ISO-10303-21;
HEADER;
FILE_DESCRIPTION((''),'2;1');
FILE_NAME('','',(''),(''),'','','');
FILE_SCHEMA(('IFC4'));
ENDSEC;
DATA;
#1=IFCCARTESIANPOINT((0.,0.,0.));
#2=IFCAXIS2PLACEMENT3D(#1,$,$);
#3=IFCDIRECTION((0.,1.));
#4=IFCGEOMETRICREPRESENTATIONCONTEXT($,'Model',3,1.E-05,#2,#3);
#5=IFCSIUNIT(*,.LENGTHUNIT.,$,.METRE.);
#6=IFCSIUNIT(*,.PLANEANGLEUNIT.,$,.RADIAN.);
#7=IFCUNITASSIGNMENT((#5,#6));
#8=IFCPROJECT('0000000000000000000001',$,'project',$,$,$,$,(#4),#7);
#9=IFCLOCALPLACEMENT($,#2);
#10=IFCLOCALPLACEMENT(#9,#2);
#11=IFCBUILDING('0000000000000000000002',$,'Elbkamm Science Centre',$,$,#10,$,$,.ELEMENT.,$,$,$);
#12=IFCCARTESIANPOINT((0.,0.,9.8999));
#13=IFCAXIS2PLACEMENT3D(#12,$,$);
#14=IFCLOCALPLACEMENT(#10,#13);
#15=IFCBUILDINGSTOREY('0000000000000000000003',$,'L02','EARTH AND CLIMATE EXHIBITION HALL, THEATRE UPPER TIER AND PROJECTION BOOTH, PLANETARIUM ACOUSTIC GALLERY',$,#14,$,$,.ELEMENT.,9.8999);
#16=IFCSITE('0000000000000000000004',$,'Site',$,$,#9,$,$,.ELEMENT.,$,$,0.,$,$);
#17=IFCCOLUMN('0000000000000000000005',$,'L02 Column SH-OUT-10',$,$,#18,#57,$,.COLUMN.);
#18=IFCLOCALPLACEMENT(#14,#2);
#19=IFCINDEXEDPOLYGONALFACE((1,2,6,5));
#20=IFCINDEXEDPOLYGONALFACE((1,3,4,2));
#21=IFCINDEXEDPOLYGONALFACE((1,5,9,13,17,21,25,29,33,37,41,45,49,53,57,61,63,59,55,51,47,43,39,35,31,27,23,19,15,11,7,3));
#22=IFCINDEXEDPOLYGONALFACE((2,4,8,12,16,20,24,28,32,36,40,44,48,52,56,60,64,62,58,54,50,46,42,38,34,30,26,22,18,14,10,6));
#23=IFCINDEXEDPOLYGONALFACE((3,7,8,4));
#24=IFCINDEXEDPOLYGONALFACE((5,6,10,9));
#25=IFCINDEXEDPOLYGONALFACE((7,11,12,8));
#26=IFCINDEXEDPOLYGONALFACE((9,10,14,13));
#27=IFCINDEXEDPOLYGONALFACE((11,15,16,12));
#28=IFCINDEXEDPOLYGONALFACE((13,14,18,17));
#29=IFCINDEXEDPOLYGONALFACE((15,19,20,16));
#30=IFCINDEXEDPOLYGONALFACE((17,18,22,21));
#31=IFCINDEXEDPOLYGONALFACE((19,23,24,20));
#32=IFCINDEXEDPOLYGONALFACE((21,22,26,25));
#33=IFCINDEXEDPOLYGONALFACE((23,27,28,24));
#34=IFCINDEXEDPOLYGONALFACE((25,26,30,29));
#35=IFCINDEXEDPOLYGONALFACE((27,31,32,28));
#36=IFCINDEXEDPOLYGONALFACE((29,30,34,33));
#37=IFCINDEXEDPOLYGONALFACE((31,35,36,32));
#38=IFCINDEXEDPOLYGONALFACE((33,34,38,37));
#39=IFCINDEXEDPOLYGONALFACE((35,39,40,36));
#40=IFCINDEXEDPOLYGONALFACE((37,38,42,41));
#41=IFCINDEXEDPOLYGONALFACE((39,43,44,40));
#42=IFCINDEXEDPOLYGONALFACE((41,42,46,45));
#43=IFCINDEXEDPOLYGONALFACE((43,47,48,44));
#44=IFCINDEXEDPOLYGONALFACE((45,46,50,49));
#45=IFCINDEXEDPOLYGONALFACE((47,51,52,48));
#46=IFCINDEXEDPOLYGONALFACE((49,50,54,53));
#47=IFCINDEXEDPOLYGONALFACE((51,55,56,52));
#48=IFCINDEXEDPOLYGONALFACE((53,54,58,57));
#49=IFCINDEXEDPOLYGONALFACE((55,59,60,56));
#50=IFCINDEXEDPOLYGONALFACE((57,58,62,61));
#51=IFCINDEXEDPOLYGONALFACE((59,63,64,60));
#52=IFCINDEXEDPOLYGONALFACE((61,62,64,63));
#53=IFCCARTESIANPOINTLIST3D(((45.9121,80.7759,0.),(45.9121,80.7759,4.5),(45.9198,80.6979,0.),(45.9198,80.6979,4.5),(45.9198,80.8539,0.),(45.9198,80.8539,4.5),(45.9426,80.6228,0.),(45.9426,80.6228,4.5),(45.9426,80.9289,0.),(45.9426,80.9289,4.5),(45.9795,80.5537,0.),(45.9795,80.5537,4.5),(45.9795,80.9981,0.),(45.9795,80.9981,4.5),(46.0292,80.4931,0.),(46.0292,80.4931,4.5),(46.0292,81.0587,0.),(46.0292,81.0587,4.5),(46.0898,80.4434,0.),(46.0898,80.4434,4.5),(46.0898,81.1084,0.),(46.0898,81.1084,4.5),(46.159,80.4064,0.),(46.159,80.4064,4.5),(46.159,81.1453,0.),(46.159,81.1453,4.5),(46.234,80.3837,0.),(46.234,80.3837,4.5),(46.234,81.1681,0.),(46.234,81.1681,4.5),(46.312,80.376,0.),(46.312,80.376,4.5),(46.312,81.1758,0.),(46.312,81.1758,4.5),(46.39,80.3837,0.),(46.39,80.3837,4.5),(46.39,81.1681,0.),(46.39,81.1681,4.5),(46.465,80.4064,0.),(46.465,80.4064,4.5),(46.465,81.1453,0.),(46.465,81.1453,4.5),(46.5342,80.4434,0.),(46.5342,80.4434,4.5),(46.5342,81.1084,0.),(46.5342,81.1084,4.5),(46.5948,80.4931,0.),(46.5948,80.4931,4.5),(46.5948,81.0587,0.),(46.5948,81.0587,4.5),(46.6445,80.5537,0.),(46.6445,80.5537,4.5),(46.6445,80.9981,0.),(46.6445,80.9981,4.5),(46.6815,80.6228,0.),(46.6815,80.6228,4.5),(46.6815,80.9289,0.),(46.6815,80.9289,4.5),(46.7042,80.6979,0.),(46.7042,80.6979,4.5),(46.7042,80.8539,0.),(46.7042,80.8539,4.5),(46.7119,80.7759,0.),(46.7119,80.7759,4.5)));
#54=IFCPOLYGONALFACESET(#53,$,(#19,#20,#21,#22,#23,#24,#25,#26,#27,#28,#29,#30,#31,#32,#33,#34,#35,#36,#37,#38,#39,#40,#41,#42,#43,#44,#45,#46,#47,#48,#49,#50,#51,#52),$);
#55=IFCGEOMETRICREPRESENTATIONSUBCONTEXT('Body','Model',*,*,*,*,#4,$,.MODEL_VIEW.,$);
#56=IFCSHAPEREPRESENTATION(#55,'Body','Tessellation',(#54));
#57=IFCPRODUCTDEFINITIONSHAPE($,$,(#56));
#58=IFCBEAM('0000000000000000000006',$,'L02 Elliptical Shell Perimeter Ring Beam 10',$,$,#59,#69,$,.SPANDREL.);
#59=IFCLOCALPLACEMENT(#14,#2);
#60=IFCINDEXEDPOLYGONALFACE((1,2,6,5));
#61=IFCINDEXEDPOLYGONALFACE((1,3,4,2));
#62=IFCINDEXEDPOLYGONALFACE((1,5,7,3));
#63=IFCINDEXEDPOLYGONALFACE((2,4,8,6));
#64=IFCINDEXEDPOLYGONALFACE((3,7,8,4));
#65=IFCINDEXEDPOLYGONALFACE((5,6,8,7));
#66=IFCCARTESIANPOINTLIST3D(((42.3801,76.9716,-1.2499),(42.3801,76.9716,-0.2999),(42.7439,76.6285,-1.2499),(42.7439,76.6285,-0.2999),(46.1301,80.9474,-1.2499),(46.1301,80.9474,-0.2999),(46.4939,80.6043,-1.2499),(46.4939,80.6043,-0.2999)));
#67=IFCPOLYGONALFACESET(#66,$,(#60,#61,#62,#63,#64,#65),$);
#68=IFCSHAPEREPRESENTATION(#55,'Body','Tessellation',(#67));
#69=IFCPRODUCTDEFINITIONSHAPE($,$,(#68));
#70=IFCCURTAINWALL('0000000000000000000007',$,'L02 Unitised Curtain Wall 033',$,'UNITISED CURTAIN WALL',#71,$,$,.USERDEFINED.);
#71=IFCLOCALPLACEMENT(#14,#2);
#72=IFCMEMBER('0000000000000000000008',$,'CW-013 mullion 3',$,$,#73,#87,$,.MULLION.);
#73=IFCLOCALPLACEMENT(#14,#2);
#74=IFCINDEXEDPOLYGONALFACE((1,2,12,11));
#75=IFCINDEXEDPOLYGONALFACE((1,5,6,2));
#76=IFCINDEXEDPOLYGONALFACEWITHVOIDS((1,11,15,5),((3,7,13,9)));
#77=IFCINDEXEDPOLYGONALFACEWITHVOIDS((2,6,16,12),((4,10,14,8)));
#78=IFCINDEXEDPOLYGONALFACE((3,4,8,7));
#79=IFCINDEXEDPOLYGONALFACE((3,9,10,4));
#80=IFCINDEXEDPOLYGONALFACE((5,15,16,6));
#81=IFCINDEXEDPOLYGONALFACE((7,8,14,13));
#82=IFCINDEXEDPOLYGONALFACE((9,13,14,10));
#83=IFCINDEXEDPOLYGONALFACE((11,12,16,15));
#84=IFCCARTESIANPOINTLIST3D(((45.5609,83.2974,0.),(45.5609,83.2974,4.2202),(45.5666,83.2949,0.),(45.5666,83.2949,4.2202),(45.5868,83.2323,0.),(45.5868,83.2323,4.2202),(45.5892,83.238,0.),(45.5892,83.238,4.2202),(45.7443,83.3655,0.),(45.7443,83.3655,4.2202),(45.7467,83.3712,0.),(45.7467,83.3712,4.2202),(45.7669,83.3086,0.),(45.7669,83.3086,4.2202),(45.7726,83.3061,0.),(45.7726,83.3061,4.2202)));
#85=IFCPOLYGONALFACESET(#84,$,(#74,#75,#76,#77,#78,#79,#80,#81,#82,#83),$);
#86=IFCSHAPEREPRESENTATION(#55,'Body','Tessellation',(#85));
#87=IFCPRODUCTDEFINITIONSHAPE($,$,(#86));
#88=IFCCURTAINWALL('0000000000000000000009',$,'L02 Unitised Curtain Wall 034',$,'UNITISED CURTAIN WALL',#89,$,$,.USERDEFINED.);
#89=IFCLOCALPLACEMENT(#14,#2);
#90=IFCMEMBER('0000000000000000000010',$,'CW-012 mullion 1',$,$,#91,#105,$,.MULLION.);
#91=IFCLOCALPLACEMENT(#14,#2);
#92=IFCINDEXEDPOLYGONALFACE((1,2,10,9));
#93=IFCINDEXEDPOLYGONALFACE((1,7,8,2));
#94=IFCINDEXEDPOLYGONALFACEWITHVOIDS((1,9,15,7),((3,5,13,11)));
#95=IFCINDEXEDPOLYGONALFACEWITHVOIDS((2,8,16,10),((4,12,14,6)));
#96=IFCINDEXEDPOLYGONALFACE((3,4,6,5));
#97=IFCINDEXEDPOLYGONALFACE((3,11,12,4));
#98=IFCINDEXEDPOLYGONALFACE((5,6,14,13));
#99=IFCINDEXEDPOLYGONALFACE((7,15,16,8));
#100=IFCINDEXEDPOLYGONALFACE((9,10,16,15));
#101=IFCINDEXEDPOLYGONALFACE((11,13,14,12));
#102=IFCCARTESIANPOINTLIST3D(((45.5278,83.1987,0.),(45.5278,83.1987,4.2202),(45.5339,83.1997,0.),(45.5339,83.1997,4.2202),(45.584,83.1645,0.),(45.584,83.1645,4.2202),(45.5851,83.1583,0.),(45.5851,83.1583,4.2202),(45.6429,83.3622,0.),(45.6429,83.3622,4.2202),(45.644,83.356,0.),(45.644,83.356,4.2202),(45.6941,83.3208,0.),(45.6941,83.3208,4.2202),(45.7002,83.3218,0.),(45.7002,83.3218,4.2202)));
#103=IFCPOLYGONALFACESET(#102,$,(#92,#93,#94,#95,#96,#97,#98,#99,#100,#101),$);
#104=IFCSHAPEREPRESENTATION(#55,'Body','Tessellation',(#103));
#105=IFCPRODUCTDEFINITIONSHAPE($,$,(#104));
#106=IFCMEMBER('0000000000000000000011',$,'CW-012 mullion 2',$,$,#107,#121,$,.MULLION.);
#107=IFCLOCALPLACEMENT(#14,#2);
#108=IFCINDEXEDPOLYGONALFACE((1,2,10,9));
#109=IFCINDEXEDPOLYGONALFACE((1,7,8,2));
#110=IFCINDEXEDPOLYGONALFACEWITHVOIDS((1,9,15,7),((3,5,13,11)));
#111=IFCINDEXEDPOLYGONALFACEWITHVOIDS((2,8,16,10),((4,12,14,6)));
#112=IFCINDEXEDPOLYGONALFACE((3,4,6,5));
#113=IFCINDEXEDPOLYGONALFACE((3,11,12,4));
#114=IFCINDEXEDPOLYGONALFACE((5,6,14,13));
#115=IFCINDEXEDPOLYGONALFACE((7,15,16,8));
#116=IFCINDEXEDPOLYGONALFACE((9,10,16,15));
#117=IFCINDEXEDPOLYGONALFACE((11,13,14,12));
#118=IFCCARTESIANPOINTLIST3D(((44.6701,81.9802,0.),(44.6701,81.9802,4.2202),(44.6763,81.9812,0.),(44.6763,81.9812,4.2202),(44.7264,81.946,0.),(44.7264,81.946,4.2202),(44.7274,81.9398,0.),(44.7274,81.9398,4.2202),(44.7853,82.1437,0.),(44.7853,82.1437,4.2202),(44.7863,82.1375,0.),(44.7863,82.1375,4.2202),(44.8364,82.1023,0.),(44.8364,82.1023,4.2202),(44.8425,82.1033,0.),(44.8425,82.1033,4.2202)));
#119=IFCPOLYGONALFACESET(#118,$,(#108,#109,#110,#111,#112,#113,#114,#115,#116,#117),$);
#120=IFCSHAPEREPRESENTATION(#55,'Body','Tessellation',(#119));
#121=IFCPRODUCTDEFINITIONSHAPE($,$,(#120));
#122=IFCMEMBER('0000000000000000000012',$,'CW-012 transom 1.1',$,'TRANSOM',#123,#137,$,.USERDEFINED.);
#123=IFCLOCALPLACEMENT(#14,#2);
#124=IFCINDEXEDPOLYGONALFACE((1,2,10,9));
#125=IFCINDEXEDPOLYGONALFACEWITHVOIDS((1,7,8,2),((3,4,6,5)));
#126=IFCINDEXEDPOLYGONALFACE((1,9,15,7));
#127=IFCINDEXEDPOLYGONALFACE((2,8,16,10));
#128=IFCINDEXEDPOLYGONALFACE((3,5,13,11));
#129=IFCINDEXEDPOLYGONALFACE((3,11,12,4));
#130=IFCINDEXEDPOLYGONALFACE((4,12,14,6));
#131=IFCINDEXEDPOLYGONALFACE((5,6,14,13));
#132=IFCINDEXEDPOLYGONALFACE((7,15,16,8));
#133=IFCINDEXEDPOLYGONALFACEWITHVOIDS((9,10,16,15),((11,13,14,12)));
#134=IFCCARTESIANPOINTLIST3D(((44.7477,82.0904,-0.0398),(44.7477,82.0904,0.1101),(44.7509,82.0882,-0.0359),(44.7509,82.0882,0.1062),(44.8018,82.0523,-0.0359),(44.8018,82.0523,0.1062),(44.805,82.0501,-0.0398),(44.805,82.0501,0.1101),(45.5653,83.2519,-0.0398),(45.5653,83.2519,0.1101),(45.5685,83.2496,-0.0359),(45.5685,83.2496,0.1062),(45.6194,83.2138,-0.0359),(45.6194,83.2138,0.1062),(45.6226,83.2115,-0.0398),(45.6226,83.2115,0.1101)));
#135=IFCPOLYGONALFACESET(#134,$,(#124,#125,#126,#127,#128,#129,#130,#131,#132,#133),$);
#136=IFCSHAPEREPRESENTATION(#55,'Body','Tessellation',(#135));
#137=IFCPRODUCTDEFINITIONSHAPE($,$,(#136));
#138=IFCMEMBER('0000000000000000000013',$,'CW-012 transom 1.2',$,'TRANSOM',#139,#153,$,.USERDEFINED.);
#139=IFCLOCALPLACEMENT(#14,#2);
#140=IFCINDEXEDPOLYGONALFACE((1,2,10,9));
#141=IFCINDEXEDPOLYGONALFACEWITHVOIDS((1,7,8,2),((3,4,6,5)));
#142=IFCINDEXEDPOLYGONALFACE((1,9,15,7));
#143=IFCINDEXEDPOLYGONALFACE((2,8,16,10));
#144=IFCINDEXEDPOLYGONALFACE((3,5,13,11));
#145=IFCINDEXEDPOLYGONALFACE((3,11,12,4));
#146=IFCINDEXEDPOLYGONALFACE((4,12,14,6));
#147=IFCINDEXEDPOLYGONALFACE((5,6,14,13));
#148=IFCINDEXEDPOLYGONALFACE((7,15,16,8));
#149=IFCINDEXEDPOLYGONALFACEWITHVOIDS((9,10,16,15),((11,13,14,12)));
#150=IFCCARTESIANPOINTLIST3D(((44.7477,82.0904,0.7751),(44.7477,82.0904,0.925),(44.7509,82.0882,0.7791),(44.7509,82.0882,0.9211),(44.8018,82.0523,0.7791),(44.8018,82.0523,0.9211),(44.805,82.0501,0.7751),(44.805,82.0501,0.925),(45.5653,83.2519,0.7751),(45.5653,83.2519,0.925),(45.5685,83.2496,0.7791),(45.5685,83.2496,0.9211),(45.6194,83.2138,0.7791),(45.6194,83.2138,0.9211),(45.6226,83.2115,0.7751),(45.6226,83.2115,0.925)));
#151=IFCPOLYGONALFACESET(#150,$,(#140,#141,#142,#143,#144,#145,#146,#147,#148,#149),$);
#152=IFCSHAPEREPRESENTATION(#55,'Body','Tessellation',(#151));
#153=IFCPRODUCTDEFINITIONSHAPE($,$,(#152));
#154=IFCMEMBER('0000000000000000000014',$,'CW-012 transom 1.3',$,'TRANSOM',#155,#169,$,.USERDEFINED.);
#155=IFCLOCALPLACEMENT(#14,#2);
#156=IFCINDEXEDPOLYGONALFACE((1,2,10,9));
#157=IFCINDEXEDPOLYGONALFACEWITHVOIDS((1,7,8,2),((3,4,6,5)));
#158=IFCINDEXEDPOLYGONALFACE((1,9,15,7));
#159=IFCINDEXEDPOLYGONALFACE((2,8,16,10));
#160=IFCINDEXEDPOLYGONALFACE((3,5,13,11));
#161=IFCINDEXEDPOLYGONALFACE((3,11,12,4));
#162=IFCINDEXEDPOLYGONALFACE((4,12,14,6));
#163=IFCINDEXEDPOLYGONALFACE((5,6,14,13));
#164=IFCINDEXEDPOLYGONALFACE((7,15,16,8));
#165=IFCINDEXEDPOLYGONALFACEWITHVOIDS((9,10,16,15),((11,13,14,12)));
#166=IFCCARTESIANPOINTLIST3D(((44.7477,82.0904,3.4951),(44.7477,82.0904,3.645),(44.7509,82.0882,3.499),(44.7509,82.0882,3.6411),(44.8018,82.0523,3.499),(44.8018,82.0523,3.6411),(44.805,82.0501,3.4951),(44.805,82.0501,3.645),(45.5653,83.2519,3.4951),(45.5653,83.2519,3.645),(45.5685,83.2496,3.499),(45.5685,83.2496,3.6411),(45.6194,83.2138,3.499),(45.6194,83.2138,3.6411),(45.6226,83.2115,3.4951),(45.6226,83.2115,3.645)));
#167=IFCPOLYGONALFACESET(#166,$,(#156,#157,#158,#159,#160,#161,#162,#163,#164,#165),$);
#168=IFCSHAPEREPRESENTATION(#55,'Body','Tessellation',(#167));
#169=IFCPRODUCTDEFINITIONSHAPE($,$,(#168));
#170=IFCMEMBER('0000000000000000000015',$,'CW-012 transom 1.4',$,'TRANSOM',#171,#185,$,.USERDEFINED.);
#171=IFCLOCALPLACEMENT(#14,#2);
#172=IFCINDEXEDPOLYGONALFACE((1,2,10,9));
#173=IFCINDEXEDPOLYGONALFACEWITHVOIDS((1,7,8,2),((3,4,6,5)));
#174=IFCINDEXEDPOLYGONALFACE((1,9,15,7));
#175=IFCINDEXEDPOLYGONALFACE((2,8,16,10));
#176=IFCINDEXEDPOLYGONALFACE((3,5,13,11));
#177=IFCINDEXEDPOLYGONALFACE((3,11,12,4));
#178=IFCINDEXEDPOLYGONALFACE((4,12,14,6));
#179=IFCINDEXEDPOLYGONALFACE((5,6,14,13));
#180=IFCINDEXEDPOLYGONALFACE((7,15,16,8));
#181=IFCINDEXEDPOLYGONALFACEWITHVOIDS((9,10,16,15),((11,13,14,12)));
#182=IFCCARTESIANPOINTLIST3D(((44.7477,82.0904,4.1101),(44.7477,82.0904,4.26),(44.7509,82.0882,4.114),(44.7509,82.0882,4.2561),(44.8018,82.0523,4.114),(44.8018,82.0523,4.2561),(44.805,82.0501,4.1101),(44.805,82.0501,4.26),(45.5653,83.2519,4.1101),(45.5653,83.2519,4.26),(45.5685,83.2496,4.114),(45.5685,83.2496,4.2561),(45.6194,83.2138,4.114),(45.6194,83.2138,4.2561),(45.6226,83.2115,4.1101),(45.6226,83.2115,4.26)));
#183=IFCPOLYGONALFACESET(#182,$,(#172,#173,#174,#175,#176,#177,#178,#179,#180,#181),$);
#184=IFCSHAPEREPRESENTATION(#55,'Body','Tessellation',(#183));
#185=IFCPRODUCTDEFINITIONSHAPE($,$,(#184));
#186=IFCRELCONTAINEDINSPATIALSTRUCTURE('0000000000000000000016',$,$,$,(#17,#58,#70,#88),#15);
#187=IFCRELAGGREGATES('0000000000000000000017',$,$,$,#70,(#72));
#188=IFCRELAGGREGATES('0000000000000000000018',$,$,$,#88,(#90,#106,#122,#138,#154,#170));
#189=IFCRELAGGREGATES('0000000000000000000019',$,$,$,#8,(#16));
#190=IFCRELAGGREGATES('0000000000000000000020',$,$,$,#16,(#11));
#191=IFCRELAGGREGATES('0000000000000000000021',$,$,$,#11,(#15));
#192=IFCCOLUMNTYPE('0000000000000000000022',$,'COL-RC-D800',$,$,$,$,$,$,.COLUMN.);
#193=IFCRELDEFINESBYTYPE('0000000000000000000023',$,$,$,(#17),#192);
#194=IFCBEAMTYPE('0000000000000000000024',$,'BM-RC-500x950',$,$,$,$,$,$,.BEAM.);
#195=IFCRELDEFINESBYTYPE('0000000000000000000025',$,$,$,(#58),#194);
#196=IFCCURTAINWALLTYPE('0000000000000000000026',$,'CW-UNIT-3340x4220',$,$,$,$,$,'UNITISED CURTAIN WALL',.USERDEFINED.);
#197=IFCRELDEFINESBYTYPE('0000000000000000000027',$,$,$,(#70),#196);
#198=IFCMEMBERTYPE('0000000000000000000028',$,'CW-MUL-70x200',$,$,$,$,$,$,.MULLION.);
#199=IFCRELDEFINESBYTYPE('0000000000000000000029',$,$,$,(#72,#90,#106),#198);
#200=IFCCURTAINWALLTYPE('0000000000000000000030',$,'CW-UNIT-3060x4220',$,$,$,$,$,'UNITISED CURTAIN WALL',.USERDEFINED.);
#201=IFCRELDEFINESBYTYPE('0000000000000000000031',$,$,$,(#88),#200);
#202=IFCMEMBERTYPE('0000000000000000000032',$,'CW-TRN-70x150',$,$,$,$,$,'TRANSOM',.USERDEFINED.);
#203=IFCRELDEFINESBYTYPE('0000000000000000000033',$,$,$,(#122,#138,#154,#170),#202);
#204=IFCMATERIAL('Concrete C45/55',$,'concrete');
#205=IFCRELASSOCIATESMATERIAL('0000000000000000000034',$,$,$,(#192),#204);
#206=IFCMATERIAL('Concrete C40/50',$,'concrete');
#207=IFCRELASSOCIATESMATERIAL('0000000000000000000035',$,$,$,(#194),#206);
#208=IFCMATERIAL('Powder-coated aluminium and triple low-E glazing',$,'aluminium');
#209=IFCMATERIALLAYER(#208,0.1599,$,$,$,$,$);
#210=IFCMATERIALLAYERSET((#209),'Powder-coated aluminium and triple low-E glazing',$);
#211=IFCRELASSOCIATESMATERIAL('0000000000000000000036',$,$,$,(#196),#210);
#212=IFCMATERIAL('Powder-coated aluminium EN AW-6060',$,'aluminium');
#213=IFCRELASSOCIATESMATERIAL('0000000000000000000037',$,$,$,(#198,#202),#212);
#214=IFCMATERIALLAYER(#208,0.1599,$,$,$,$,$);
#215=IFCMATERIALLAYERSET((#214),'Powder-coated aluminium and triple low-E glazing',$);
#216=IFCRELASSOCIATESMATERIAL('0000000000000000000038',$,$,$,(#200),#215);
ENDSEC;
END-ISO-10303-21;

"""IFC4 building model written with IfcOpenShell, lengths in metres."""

from ifc_helpers import new_model, si_unit, direction, frame, origin, origin_2d, place, context, subcontext, project, spatial, rectangle, hollow_rectangle, circle, extrude, material, layer, layer_set, material_profile, profile_set, type_object, element, aggregate, save


model = new_model("IFC4")

# Units and contexts
model_context = context("Model", 3, precision=1e-05, world=origin(), true_north=direction((0.0, 1.0)))
body_context = subcontext(model_context, "Body", "Model", "MODEL_VIEW")
ifc_project = project(units=[si_unit("LENGTHUNIT", "METRE"), si_unit("PLANEANGLEUNIT", "RADIAN")], contexts=[model_context])

# Site, building, storey
site_placement = place(None, origin())
site = spatial("IfcSite", under=ifc_project, at=site_placement, Name="Site", CompositionType="ELEMENT", RefElevation=0.0)
building_placement = place(site_placement, origin())
building = spatial("IfcBuilding", under=site, at=building_placement, Name="Elbkamm Science Centre", CompositionType="ELEMENT")
storey_placement = place(building_placement, frame((0.0, 0.0, 9.8999)))
storey = spatial("IfcBuildingStorey", under=building, at=storey_placement, Name="L02", Description="EARTH AND CLIMATE EXHIBITION HALL, THEATRE UPPER TIER AND PROJECTION BOOTH, PLANETARIUM ACOUSTIC GALLERY", CompositionType="ELEMENT", Elevation=9.8999)

# Column
ifc_material_1 = material(Name="Concrete C45/55", Category="concrete")
ifc_material_profile_1 = material_profile(ifc_material_1, circle(Radius=0.3999, at=origin_2d()), Name="RC D800")
ifc_profile_set_1 = profile_set([ifc_material_profile_1], Name="Concrete C45/55")
column_type = type_object("IfcColumnType", Name="COL-RC-D800", PredefinedType="COLUMN", material=ifc_profile_set_1)
column_placement = place(storey_placement, frame((46.312, 80.7759, 0.0), z_axis=(0.0, 0.0, 1.0), x_axis=(1.0, 0.0, 0.0)))
element("IfcColumn", 1, at=column_placement, inside=storey, type_object=column_type, Name="L02 Column SH-OUT-10", PredefinedType="COLUMN", context=body_context, shape_type="SweptSolid", body=[
    extrude(circle(Radius=0.3999, at=origin_2d()), origin(), (0.0, 0.0, 1.0), 4.5),
])

# Beam
ifc_material_2 = material(Name="Concrete C40/50", Category="concrete")
ifc_material_profile_2 = material_profile(ifc_material_2, rectangle(XDim=0.5, YDim=0.95, at=origin_2d()), Name="RC 500x950")
ifc_profile_set_2 = profile_set([ifc_material_profile_2], Name="Concrete C40/50")
beam_type = type_object("IfcBeamType", Name="BM-RC-500x950", PredefinedType="BEAM", material=ifc_profile_set_2)
beam_placement = place(storey_placement, frame((46.312, 80.7759, -0.7749), z_axis=(-0.686145, -0.727465, 0.0), x_axis=(0.727465, -0.686145, 0.0)))
element("IfcBeam", 2, at=beam_placement, inside=storey, type_object=beam_type, Name="L02 Elliptical Shell Perimeter Ring Beam 10", PredefinedType="SPANDREL", context=body_context, shape_type="SweptSolid", body=[
    extrude(rectangle(XDim=0.5, YDim=0.95, at=origin_2d()), origin(), (0.0, 0.0, 1.0), 5.4653),
])

# Curtain wall, member
ifc_material_3 = material(Name="Powder-coated aluminium and triple low-E glazing", Category="aluminium")
ifc_layer_1 = layer(ifc_material_3, 0.1599)
ifc_layer_set_1 = layer_set([ifc_layer_1], Name="Powder-coated aluminium and triple low-E glazing")
curtain_wall_type_1 = type_object("IfcCurtainWallType", Name="CW-UNIT-3340x4220", ElementType="UNITISED CURTAIN WALL", PredefinedType="USERDEFINED", material=ifc_layer_set_1)
curtain_wall_1_placement = place(storey_placement, origin())
curtain_wall_1 = element("IfcCurtainWall", 3, at=curtain_wall_1_placement, inside=storey, type_object=curtain_wall_type_1, Name="L02 Unitised Curtain Wall 033", ObjectType="UNITISED CURTAIN WALL", PredefinedType="USERDEFINED")
ifc_material_4 = material(Name="Powder-coated aluminium EN AW-6060", Category="aluminium")
ifc_material_profile_3 = material_profile(ifc_material_4, hollow_rectangle(XDim=0.0701, YDim=0.2, WallThickness=0.0044, at=origin_2d()), Name="ALU M70x200")
ifc_profile_set_3 = profile_set([ifc_material_profile_3], Name="Powder-coated aluminium EN AW-6060")
member_type_1 = type_object("IfcMemberType", Name="CW-MUL-70x200", PredefinedType="MULLION", material=ifc_profile_set_3)
member_1_placement = place(storey_placement, frame((45.6667, 83.3018, 0.0), z_axis=(0.0, 0.0, 1.0), x_axis=(0.36916, -0.929366, 0.0)))
member_1 = element("IfcMember", 4, at=member_1_placement, type_object=member_type_1, Name="CW-013 mullion 3", PredefinedType="MULLION", context=body_context, shape_type="SweptSolid", body=[
    extrude(hollow_rectangle(XDim=0.0701, YDim=0.2, WallThickness=0.0044, at=origin_2d()), origin(), (0.0, 0.0, 1.0), 4.2202),
])

# Curtain wall, members
ifc_layer_2 = layer(ifc_material_3, 0.1599)
ifc_layer_set_2 = layer_set([ifc_layer_2], Name="Powder-coated aluminium and triple low-E glazing")
curtain_wall_type_2 = type_object("IfcCurtainWallType", Name="CW-UNIT-3060x4220", ElementType="UNITISED CURTAIN WALL", PredefinedType="USERDEFINED", material=ifc_layer_set_2)
curtain_wall_2_placement = place(storey_placement, origin())
curtain_wall_2 = element("IfcCurtainWall", 5, at=curtain_wall_2_placement, inside=storey, type_object=curtain_wall_type_2, Name="L02 Unitised Curtain Wall 034", ObjectType="UNITISED CURTAIN WALL", PredefinedType="USERDEFINED")
member_2_placement = place(storey_placement, frame((45.614, 83.2603, 0.0), z_axis=(0.0, 0.0, 1.0), x_axis=(0.817695, -0.575652, 0.0)))
member_2 = element("IfcMember", 6, at=member_2_placement, type_object=member_type_1, Name="CW-012 mullion 1", PredefinedType="MULLION", context=body_context, shape_type="SweptSolid", body=[
    extrude(hollow_rectangle(XDim=0.0701, YDim=0.2, WallThickness=0.0044, at=origin_2d()), origin(), (0.0, 0.0, 1.0), 4.2202),
])
member_3_placement = place(storey_placement, frame((44.7563, 82.0417, 0.0), z_axis=(0.0, 0.0, 1.0), x_axis=(0.817695, -0.575652, 0.0)))
member_3 = element("IfcMember", 7, at=member_3_placement, type_object=member_type_1, Name="CW-012 mullion 2", PredefinedType="MULLION", context=body_context, shape_type="SweptSolid", body=[
    extrude(hollow_rectangle(XDim=0.0701, YDim=0.2, WallThickness=0.0044, at=origin_2d()), origin(), (0.0, 0.0, 1.0), 4.2202),
])
ifc_material_profile_4 = material_profile(ifc_material_4, hollow_rectangle(XDim=0.0701, YDim=0.1499, WallThickness=0.0039, at=origin_2d()), Name="ALU T70x150")
ifc_profile_set_4 = profile_set([ifc_material_profile_4], Name="Powder-coated aluminium EN AW-6060")
member_type_2 = type_object("IfcMemberType", Name="CW-TRN-70x150", ElementType="TRANSOM", PredefinedType="USERDEFINED", material=ifc_profile_set_4)
member_4_placement = place(storey_placement, frame((45.594, 83.2317, 0.0352), z_axis=(-0.575664, -0.817687, 0.0), x_axis=(0.817687, -0.575664, 0.0)))
member_4 = element("IfcMember", 8, at=member_4_placement, type_object=member_type_2, Name="CW-012 transom 1.1", ObjectType="TRANSOM", PredefinedType="USERDEFINED", context=body_context, shape_type="SweptSolid", body=[
    extrude(hollow_rectangle(XDim=0.0701, YDim=0.1499, WallThickness=0.0039, at=origin_2d()), origin(), (0.0, 0.0, 1.0), 1.4204),
])
member_5_placement = place(storey_placement, frame((45.594, 83.2317, 0.8501), z_axis=(-0.575664, -0.817687, 0.0), x_axis=(0.817687, -0.575664, 0.0)))
member_5 = element("IfcMember", 9, at=member_5_placement, type_object=member_type_2, Name="CW-012 transom 1.2", ObjectType="TRANSOM", PredefinedType="USERDEFINED", context=body_context, shape_type="SweptSolid", body=[
    extrude(hollow_rectangle(XDim=0.0701, YDim=0.1499, WallThickness=0.0039, at=origin_2d()), origin(), (0.0, 0.0, 1.0), 1.4204),
])
member_6_placement = place(storey_placement, frame((45.594, 83.2317, 3.5701), z_axis=(-0.575664, -0.817687, 0.0), x_axis=(0.817687, -0.575664, 0.0)))
member_6 = element("IfcMember", 10, at=member_6_placement, type_object=member_type_2, Name="CW-012 transom 1.3", ObjectType="TRANSOM", PredefinedType="USERDEFINED", context=body_context, shape_type="SweptSolid", body=[
    extrude(hollow_rectangle(XDim=0.0701, YDim=0.1499, WallThickness=0.0039, at=origin_2d()), origin(), (0.0, 0.0, 1.0), 1.4204),
])
member_7_placement = place(storey_placement, frame((45.594, 83.2317, 4.1851), z_axis=(-0.575664, -0.817687, 0.0), x_axis=(0.817687, -0.575664, 0.0)))
member_7 = element("IfcMember", 11, at=member_7_placement, type_object=member_type_2, Name="CW-012 transom 1.4", ObjectType="TRANSOM", PredefinedType="USERDEFINED", context=body_context, shape_type="SweptSolid", body=[
    extrude(hollow_rectangle(XDim=0.0701, YDim=0.1499, WallThickness=0.0039, at=origin_2d()), origin(), (0.0, 0.0, 1.0), 1.4204),
])

aggregate(curtain_wall_1, [member_1])
aggregate(curtain_wall_2, [member_2, member_3, member_4, member_5, member_6, member_7])

save(model, "model.ifc")
